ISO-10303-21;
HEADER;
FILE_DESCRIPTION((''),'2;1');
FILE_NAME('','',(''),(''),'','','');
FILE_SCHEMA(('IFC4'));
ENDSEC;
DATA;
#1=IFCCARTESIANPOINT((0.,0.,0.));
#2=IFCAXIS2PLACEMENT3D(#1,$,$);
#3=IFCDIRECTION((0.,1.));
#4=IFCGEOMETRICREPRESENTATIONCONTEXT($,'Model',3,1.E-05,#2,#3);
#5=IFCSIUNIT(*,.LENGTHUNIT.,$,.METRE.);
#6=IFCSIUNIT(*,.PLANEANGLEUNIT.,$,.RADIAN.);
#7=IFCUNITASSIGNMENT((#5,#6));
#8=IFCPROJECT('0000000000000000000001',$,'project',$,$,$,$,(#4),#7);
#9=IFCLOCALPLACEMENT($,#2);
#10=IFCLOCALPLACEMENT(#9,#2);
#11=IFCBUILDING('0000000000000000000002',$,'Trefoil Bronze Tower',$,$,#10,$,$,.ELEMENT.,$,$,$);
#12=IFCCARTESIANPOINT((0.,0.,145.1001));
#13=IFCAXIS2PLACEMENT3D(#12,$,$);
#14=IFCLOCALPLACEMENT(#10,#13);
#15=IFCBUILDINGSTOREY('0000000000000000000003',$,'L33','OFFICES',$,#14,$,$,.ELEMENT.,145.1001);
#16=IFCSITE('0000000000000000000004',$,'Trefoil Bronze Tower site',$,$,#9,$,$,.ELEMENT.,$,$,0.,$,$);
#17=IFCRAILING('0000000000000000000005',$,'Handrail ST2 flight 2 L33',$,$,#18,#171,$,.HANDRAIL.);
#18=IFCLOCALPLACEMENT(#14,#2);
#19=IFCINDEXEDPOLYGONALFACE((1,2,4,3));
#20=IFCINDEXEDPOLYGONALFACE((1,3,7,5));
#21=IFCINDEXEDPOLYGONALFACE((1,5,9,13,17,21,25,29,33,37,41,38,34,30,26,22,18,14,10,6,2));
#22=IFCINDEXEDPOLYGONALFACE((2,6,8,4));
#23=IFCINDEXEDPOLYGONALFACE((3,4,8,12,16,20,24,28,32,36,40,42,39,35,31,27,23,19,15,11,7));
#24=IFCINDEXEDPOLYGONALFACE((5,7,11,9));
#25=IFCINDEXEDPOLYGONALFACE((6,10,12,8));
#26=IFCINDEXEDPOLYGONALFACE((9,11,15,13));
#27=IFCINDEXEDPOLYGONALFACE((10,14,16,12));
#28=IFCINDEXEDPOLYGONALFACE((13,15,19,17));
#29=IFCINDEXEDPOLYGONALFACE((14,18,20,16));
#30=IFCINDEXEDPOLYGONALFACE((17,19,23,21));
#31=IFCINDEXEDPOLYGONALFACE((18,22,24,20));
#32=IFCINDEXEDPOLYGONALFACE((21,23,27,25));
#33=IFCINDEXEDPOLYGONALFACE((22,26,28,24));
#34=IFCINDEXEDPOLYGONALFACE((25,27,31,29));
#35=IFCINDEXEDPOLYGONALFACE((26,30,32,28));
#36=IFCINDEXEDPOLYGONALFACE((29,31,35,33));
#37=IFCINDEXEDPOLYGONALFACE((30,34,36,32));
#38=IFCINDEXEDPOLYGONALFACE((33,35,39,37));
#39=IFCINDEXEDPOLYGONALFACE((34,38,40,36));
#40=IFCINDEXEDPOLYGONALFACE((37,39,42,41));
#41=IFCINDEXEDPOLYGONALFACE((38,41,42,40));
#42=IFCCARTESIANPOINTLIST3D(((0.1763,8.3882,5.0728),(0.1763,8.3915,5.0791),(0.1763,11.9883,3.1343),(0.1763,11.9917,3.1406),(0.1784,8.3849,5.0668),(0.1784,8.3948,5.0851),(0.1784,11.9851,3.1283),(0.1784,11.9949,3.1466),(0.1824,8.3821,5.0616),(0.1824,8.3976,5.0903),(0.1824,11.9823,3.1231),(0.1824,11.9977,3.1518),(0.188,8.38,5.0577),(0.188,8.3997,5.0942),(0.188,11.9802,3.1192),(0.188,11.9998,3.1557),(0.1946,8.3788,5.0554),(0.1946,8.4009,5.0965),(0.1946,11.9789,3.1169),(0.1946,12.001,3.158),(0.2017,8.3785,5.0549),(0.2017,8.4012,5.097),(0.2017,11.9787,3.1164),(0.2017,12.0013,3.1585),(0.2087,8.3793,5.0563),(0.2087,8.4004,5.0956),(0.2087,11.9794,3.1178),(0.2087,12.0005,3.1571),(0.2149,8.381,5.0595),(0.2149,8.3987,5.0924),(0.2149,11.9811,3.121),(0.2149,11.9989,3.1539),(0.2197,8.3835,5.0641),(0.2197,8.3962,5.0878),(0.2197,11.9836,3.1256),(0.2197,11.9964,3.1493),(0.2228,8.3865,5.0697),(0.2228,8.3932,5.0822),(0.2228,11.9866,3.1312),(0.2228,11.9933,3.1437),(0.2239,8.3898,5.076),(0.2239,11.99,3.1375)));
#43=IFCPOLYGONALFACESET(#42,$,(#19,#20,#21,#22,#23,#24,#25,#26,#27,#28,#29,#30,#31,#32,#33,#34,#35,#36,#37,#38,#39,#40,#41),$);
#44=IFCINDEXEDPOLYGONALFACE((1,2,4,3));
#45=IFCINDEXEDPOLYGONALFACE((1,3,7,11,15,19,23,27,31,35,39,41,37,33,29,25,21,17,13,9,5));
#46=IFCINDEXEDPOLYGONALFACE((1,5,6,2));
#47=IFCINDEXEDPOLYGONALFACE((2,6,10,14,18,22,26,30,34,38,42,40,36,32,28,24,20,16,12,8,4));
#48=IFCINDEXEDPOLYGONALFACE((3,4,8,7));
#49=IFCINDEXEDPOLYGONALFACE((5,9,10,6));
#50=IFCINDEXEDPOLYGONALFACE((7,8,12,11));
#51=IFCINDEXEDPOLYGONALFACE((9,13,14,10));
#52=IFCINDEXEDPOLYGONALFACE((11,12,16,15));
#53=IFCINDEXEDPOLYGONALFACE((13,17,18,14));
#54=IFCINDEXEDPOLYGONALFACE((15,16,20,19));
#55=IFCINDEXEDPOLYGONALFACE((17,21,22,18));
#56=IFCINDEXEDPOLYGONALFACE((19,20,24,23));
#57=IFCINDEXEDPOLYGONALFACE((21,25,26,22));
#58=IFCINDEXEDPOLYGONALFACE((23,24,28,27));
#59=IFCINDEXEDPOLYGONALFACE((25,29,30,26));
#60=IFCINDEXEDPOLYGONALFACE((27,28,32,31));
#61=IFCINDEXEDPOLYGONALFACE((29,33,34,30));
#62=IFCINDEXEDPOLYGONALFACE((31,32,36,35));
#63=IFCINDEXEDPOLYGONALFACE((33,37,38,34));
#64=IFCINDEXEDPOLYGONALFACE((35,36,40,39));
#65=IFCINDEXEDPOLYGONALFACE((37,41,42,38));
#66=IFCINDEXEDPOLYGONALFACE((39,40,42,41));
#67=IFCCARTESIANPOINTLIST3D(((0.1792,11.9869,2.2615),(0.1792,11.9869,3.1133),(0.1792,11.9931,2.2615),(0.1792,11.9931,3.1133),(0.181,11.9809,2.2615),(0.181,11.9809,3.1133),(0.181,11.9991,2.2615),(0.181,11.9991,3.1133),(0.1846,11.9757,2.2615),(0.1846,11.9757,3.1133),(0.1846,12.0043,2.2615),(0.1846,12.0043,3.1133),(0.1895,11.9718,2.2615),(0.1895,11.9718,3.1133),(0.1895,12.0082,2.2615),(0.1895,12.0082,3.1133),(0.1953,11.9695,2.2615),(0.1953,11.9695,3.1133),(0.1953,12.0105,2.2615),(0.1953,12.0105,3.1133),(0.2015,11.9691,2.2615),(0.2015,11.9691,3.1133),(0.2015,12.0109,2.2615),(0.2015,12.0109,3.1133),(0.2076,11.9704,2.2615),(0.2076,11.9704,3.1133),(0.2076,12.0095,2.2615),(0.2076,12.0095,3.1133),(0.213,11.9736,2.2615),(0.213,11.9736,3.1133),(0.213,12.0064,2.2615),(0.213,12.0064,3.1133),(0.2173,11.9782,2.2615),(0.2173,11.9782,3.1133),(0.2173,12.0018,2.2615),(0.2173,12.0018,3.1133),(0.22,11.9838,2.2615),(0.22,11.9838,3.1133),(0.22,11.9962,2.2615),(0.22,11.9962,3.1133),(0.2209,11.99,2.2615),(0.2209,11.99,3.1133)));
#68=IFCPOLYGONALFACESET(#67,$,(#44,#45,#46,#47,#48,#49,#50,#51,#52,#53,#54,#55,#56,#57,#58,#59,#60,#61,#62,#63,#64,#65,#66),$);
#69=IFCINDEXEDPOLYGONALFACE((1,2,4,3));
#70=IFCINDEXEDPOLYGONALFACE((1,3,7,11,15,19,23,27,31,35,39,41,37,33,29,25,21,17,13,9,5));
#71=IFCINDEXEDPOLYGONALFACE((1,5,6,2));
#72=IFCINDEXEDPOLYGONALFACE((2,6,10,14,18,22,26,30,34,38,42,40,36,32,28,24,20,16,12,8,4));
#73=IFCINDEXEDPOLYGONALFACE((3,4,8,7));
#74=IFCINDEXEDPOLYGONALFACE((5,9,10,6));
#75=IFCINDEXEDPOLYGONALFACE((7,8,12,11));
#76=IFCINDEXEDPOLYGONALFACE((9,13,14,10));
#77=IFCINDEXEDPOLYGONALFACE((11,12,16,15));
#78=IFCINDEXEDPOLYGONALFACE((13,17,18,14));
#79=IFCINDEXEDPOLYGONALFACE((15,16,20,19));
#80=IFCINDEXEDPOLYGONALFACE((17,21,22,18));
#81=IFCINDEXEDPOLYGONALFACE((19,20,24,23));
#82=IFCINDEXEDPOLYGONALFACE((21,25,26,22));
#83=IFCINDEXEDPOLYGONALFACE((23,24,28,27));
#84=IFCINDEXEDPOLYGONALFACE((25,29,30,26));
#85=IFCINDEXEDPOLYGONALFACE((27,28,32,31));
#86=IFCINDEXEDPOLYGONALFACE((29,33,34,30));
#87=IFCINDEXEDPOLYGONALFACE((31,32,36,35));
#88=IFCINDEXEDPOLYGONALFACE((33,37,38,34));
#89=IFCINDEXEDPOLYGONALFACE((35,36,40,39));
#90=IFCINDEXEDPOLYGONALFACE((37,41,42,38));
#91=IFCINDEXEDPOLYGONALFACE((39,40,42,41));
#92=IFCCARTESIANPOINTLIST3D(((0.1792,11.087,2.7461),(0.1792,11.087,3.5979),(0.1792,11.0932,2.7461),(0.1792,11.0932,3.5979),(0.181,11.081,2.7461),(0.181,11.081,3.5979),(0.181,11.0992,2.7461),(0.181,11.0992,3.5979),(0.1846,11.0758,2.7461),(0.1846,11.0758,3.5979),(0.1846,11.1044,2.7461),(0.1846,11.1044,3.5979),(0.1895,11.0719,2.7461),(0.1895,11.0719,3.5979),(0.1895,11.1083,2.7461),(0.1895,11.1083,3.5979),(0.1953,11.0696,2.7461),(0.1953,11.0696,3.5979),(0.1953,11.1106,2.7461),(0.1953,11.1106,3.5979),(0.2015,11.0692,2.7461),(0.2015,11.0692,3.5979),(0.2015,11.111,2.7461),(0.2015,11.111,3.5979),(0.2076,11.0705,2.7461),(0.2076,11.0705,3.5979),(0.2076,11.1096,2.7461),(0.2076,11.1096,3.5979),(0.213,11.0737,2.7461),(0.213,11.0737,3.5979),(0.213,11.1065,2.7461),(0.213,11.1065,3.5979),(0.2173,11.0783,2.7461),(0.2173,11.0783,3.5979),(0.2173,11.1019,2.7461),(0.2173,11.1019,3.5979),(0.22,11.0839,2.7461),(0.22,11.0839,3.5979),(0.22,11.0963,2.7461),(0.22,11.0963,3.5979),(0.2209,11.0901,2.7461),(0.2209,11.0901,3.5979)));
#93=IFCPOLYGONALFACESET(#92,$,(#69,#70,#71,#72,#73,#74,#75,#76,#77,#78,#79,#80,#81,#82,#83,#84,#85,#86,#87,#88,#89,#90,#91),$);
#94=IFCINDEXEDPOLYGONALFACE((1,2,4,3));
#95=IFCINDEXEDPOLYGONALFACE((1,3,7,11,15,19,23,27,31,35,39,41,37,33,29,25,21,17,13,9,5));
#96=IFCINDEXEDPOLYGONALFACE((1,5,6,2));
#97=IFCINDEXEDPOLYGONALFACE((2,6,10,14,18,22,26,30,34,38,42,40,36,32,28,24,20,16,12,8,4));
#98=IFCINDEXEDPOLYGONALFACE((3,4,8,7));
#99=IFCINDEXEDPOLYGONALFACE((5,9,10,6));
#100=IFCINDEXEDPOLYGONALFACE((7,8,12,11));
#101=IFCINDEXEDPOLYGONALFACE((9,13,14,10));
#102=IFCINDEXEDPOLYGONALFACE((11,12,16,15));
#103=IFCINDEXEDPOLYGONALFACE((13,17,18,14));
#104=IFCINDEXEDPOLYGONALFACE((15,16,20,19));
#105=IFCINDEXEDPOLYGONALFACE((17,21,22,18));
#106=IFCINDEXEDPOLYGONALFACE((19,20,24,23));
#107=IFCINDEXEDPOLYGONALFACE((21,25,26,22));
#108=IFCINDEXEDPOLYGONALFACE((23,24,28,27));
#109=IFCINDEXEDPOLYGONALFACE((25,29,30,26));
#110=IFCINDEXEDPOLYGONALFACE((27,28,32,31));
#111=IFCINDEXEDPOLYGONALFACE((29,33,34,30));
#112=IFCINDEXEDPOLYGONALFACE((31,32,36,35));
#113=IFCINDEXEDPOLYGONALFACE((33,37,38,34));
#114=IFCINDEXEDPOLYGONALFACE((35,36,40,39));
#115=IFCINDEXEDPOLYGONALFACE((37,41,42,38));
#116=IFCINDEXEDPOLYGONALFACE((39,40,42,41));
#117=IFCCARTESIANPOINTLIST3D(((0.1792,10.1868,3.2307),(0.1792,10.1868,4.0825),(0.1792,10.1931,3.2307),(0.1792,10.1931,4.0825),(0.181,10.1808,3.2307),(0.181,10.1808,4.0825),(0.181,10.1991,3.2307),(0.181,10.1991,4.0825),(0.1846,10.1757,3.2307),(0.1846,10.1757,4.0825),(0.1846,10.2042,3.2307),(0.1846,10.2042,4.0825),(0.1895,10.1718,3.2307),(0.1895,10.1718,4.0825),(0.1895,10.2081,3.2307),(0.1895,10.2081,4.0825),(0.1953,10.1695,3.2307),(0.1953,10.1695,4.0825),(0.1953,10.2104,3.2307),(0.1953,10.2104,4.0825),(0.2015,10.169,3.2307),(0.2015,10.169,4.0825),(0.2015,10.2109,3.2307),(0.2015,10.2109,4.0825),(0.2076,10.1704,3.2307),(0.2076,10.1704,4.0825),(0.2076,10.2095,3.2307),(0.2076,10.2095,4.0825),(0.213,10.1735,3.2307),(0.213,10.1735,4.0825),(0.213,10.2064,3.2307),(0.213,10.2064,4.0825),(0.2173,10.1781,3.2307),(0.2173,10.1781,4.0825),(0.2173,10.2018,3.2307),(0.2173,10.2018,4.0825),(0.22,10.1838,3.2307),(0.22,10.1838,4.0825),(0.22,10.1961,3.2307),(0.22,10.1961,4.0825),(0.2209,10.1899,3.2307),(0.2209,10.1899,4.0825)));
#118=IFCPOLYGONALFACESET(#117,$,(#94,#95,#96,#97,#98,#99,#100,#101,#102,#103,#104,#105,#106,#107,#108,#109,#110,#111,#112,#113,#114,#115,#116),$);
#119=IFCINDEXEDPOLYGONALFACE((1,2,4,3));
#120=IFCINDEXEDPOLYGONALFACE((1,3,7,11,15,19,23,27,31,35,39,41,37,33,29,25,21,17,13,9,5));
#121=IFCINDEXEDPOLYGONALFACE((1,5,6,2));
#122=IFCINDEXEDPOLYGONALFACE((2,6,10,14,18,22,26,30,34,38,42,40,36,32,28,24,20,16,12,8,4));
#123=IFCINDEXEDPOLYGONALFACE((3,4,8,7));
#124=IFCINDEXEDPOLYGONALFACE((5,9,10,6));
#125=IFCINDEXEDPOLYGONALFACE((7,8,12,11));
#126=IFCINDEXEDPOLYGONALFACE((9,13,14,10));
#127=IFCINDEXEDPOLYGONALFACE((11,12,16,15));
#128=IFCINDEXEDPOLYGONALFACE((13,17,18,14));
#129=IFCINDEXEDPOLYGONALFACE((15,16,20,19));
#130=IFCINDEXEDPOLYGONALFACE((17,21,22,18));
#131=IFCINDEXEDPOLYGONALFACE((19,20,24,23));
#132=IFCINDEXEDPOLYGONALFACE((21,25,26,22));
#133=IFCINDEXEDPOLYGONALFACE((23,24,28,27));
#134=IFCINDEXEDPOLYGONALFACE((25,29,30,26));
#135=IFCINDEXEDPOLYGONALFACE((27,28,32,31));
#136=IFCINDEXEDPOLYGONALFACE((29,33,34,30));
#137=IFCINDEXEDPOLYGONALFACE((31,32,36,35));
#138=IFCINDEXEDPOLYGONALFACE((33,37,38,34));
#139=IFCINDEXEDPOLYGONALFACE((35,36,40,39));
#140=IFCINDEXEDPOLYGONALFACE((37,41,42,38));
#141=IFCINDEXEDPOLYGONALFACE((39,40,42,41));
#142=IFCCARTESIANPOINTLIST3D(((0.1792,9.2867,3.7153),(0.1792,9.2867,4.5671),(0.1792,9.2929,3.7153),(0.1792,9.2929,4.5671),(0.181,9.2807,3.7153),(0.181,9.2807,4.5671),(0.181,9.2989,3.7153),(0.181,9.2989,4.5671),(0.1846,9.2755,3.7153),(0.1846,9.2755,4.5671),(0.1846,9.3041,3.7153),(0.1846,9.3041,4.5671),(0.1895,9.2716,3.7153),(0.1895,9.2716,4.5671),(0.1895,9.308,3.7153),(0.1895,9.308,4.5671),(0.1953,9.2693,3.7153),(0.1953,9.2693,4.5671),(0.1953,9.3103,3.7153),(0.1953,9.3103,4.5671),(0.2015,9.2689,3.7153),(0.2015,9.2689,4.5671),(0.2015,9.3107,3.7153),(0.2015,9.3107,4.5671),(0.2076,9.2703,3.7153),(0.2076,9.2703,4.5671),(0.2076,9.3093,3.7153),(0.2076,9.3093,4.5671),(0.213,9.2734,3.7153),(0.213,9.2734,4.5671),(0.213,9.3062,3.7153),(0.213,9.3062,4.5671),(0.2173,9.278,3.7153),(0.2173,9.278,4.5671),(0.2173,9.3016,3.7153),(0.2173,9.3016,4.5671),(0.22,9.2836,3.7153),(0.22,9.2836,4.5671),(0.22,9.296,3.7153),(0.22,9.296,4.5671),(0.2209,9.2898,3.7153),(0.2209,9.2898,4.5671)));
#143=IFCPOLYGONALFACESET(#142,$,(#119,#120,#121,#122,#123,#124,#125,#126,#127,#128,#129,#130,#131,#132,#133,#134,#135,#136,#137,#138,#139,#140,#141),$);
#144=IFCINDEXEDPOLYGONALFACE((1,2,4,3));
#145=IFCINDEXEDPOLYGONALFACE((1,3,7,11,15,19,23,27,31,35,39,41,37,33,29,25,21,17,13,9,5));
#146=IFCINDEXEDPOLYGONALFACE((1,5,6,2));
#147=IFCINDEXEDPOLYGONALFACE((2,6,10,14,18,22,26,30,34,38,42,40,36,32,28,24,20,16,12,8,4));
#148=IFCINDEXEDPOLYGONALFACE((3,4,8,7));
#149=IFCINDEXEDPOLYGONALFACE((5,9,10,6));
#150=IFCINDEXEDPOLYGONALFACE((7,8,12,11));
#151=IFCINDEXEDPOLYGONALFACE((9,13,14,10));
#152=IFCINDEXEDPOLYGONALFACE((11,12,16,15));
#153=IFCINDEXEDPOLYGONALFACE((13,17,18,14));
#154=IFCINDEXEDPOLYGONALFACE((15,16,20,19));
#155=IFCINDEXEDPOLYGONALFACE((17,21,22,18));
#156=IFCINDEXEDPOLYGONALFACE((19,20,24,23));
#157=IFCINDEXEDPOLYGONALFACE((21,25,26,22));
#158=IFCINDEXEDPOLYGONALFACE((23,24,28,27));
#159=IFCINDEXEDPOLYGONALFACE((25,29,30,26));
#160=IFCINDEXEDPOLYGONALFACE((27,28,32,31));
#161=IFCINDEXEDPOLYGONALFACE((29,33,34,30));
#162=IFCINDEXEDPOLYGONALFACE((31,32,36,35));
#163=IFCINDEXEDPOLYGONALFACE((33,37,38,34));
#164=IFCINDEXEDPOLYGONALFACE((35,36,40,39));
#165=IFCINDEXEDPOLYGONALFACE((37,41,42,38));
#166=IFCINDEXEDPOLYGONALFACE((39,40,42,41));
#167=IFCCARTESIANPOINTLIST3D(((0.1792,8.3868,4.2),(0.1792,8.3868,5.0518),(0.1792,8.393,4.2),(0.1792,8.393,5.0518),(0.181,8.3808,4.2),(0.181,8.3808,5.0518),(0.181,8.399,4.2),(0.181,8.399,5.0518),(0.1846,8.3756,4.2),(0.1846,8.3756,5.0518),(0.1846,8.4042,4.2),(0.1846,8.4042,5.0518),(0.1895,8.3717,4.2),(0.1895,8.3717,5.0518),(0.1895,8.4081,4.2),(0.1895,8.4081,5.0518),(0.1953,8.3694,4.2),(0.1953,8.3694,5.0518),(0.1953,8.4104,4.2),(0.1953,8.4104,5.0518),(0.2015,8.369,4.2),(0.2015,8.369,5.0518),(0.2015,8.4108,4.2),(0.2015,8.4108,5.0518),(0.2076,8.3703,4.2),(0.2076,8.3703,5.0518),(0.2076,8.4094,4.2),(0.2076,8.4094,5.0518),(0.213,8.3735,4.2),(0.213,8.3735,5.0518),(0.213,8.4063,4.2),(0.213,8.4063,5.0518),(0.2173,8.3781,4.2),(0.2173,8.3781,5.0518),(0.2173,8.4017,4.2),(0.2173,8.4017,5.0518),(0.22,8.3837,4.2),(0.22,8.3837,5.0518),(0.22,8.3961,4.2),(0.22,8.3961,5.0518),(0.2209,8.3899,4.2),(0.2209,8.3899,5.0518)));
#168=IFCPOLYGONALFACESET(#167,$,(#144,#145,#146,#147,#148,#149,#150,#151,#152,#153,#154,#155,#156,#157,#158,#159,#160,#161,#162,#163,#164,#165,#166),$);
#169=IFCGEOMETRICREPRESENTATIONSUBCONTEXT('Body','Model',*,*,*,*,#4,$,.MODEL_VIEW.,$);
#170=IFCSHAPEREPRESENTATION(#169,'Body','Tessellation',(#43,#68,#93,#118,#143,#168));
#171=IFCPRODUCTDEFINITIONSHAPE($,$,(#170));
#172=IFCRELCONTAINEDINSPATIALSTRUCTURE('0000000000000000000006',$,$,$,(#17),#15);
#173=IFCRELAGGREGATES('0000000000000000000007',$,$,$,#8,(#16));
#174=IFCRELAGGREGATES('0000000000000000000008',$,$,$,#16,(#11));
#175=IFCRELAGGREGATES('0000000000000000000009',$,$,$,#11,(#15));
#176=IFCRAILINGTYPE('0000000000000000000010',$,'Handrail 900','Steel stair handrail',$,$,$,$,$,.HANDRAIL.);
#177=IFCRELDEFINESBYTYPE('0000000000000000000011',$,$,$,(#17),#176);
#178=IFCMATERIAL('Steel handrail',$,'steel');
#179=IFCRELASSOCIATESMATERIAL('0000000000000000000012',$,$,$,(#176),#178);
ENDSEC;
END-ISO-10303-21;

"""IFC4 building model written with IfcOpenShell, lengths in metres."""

from ifc_helpers import new_model, si_unit, direction, frame, origin, origin_2d, place, context, subcontext, project, spatial, circle, extrude, material, type_object, element, save


model = new_model("IFC4")

# Units and contexts
model_context = context("Model", 3, precision=1e-05, world=origin(), true_north=direction((0.0, 1.0)))
body_context = subcontext(model_context, "Body", "Model", "MODEL_VIEW")
ifc_project = project(units=[si_unit("LENGTHUNIT", "METRE"), si_unit("PLANEANGLEUNIT", "RADIAN")], contexts=[model_context])

# Site, building, storey
site_placement = place(None, origin())
site = spatial("IfcSite", under=ifc_project, at=site_placement, Name="Trefoil Bronze Tower site", CompositionType="ELEMENT", RefElevation=0.0)
building_placement = place(site_placement, origin())
building = spatial("IfcBuilding", under=site, at=building_placement, Name="Trefoil Bronze Tower", CompositionType="ELEMENT")
storey_placement = place(building_placement, frame((0.0, 0.0, 145.1001)))
storey = spatial("IfcBuildingStorey", under=building, at=storey_placement, Name="L33", Description="OFFICES", CompositionType="ELEMENT", Elevation=145.1001)

# Railing
ifc_material_1 = material(Name="Steel handrail", Category="steel")
railing_type = type_object("IfcRailingType", Name="Handrail 900", Description="Steel stair handrail", PredefinedType="HANDRAIL", material=ifc_material_1)
railing_placement = place(storey_placement, frame((0.2, 11.99, 2.2615)))
element("IfcRailing", 1, at=railing_placement, inside=storey, type_object=railing_type, Name="Handrail ST2 flight 2 L33", PredefinedType="HANDRAIL", context=body_context, shape_type="SweptSolid", body=[
    extrude(circle(Radius=0.0239, at=origin_2d()), frame((0.0, 0.0, 0.876), z_axis=(0.0, -0.880475, 0.474093), x_axis=(1.0, 0.0, 0.0)), (0.0, 0.0, 1.0), 4.0889),
    extrude(circle(Radius=0.021, at=origin_2d()), origin(), (0.0, 0.0, 1.0), 0.8518),
    extrude(circle(Radius=0.021, at=origin_2d()), frame((0.0, -0.8999, 0.4846)), (0.0, 0.0, 1.0), 0.8518),
    extrude(circle(Radius=0.021, at=origin_2d()), frame((0.0, -1.8, 0.9692)), (0.0, 0.0, 1.0), 0.8518),
    extrude(circle(Radius=0.021, at=origin_2d()), frame((0.0, -2.7002, 1.4539)), (0.0, 0.0, 1.0), 0.8518),
    extrude(circle(Radius=0.021, at=origin_2d()), frame((0.0, -3.6001, 1.9385)), (0.0, 0.0, 1.0), 0.8518),
])

save(model, "model.ifc")
